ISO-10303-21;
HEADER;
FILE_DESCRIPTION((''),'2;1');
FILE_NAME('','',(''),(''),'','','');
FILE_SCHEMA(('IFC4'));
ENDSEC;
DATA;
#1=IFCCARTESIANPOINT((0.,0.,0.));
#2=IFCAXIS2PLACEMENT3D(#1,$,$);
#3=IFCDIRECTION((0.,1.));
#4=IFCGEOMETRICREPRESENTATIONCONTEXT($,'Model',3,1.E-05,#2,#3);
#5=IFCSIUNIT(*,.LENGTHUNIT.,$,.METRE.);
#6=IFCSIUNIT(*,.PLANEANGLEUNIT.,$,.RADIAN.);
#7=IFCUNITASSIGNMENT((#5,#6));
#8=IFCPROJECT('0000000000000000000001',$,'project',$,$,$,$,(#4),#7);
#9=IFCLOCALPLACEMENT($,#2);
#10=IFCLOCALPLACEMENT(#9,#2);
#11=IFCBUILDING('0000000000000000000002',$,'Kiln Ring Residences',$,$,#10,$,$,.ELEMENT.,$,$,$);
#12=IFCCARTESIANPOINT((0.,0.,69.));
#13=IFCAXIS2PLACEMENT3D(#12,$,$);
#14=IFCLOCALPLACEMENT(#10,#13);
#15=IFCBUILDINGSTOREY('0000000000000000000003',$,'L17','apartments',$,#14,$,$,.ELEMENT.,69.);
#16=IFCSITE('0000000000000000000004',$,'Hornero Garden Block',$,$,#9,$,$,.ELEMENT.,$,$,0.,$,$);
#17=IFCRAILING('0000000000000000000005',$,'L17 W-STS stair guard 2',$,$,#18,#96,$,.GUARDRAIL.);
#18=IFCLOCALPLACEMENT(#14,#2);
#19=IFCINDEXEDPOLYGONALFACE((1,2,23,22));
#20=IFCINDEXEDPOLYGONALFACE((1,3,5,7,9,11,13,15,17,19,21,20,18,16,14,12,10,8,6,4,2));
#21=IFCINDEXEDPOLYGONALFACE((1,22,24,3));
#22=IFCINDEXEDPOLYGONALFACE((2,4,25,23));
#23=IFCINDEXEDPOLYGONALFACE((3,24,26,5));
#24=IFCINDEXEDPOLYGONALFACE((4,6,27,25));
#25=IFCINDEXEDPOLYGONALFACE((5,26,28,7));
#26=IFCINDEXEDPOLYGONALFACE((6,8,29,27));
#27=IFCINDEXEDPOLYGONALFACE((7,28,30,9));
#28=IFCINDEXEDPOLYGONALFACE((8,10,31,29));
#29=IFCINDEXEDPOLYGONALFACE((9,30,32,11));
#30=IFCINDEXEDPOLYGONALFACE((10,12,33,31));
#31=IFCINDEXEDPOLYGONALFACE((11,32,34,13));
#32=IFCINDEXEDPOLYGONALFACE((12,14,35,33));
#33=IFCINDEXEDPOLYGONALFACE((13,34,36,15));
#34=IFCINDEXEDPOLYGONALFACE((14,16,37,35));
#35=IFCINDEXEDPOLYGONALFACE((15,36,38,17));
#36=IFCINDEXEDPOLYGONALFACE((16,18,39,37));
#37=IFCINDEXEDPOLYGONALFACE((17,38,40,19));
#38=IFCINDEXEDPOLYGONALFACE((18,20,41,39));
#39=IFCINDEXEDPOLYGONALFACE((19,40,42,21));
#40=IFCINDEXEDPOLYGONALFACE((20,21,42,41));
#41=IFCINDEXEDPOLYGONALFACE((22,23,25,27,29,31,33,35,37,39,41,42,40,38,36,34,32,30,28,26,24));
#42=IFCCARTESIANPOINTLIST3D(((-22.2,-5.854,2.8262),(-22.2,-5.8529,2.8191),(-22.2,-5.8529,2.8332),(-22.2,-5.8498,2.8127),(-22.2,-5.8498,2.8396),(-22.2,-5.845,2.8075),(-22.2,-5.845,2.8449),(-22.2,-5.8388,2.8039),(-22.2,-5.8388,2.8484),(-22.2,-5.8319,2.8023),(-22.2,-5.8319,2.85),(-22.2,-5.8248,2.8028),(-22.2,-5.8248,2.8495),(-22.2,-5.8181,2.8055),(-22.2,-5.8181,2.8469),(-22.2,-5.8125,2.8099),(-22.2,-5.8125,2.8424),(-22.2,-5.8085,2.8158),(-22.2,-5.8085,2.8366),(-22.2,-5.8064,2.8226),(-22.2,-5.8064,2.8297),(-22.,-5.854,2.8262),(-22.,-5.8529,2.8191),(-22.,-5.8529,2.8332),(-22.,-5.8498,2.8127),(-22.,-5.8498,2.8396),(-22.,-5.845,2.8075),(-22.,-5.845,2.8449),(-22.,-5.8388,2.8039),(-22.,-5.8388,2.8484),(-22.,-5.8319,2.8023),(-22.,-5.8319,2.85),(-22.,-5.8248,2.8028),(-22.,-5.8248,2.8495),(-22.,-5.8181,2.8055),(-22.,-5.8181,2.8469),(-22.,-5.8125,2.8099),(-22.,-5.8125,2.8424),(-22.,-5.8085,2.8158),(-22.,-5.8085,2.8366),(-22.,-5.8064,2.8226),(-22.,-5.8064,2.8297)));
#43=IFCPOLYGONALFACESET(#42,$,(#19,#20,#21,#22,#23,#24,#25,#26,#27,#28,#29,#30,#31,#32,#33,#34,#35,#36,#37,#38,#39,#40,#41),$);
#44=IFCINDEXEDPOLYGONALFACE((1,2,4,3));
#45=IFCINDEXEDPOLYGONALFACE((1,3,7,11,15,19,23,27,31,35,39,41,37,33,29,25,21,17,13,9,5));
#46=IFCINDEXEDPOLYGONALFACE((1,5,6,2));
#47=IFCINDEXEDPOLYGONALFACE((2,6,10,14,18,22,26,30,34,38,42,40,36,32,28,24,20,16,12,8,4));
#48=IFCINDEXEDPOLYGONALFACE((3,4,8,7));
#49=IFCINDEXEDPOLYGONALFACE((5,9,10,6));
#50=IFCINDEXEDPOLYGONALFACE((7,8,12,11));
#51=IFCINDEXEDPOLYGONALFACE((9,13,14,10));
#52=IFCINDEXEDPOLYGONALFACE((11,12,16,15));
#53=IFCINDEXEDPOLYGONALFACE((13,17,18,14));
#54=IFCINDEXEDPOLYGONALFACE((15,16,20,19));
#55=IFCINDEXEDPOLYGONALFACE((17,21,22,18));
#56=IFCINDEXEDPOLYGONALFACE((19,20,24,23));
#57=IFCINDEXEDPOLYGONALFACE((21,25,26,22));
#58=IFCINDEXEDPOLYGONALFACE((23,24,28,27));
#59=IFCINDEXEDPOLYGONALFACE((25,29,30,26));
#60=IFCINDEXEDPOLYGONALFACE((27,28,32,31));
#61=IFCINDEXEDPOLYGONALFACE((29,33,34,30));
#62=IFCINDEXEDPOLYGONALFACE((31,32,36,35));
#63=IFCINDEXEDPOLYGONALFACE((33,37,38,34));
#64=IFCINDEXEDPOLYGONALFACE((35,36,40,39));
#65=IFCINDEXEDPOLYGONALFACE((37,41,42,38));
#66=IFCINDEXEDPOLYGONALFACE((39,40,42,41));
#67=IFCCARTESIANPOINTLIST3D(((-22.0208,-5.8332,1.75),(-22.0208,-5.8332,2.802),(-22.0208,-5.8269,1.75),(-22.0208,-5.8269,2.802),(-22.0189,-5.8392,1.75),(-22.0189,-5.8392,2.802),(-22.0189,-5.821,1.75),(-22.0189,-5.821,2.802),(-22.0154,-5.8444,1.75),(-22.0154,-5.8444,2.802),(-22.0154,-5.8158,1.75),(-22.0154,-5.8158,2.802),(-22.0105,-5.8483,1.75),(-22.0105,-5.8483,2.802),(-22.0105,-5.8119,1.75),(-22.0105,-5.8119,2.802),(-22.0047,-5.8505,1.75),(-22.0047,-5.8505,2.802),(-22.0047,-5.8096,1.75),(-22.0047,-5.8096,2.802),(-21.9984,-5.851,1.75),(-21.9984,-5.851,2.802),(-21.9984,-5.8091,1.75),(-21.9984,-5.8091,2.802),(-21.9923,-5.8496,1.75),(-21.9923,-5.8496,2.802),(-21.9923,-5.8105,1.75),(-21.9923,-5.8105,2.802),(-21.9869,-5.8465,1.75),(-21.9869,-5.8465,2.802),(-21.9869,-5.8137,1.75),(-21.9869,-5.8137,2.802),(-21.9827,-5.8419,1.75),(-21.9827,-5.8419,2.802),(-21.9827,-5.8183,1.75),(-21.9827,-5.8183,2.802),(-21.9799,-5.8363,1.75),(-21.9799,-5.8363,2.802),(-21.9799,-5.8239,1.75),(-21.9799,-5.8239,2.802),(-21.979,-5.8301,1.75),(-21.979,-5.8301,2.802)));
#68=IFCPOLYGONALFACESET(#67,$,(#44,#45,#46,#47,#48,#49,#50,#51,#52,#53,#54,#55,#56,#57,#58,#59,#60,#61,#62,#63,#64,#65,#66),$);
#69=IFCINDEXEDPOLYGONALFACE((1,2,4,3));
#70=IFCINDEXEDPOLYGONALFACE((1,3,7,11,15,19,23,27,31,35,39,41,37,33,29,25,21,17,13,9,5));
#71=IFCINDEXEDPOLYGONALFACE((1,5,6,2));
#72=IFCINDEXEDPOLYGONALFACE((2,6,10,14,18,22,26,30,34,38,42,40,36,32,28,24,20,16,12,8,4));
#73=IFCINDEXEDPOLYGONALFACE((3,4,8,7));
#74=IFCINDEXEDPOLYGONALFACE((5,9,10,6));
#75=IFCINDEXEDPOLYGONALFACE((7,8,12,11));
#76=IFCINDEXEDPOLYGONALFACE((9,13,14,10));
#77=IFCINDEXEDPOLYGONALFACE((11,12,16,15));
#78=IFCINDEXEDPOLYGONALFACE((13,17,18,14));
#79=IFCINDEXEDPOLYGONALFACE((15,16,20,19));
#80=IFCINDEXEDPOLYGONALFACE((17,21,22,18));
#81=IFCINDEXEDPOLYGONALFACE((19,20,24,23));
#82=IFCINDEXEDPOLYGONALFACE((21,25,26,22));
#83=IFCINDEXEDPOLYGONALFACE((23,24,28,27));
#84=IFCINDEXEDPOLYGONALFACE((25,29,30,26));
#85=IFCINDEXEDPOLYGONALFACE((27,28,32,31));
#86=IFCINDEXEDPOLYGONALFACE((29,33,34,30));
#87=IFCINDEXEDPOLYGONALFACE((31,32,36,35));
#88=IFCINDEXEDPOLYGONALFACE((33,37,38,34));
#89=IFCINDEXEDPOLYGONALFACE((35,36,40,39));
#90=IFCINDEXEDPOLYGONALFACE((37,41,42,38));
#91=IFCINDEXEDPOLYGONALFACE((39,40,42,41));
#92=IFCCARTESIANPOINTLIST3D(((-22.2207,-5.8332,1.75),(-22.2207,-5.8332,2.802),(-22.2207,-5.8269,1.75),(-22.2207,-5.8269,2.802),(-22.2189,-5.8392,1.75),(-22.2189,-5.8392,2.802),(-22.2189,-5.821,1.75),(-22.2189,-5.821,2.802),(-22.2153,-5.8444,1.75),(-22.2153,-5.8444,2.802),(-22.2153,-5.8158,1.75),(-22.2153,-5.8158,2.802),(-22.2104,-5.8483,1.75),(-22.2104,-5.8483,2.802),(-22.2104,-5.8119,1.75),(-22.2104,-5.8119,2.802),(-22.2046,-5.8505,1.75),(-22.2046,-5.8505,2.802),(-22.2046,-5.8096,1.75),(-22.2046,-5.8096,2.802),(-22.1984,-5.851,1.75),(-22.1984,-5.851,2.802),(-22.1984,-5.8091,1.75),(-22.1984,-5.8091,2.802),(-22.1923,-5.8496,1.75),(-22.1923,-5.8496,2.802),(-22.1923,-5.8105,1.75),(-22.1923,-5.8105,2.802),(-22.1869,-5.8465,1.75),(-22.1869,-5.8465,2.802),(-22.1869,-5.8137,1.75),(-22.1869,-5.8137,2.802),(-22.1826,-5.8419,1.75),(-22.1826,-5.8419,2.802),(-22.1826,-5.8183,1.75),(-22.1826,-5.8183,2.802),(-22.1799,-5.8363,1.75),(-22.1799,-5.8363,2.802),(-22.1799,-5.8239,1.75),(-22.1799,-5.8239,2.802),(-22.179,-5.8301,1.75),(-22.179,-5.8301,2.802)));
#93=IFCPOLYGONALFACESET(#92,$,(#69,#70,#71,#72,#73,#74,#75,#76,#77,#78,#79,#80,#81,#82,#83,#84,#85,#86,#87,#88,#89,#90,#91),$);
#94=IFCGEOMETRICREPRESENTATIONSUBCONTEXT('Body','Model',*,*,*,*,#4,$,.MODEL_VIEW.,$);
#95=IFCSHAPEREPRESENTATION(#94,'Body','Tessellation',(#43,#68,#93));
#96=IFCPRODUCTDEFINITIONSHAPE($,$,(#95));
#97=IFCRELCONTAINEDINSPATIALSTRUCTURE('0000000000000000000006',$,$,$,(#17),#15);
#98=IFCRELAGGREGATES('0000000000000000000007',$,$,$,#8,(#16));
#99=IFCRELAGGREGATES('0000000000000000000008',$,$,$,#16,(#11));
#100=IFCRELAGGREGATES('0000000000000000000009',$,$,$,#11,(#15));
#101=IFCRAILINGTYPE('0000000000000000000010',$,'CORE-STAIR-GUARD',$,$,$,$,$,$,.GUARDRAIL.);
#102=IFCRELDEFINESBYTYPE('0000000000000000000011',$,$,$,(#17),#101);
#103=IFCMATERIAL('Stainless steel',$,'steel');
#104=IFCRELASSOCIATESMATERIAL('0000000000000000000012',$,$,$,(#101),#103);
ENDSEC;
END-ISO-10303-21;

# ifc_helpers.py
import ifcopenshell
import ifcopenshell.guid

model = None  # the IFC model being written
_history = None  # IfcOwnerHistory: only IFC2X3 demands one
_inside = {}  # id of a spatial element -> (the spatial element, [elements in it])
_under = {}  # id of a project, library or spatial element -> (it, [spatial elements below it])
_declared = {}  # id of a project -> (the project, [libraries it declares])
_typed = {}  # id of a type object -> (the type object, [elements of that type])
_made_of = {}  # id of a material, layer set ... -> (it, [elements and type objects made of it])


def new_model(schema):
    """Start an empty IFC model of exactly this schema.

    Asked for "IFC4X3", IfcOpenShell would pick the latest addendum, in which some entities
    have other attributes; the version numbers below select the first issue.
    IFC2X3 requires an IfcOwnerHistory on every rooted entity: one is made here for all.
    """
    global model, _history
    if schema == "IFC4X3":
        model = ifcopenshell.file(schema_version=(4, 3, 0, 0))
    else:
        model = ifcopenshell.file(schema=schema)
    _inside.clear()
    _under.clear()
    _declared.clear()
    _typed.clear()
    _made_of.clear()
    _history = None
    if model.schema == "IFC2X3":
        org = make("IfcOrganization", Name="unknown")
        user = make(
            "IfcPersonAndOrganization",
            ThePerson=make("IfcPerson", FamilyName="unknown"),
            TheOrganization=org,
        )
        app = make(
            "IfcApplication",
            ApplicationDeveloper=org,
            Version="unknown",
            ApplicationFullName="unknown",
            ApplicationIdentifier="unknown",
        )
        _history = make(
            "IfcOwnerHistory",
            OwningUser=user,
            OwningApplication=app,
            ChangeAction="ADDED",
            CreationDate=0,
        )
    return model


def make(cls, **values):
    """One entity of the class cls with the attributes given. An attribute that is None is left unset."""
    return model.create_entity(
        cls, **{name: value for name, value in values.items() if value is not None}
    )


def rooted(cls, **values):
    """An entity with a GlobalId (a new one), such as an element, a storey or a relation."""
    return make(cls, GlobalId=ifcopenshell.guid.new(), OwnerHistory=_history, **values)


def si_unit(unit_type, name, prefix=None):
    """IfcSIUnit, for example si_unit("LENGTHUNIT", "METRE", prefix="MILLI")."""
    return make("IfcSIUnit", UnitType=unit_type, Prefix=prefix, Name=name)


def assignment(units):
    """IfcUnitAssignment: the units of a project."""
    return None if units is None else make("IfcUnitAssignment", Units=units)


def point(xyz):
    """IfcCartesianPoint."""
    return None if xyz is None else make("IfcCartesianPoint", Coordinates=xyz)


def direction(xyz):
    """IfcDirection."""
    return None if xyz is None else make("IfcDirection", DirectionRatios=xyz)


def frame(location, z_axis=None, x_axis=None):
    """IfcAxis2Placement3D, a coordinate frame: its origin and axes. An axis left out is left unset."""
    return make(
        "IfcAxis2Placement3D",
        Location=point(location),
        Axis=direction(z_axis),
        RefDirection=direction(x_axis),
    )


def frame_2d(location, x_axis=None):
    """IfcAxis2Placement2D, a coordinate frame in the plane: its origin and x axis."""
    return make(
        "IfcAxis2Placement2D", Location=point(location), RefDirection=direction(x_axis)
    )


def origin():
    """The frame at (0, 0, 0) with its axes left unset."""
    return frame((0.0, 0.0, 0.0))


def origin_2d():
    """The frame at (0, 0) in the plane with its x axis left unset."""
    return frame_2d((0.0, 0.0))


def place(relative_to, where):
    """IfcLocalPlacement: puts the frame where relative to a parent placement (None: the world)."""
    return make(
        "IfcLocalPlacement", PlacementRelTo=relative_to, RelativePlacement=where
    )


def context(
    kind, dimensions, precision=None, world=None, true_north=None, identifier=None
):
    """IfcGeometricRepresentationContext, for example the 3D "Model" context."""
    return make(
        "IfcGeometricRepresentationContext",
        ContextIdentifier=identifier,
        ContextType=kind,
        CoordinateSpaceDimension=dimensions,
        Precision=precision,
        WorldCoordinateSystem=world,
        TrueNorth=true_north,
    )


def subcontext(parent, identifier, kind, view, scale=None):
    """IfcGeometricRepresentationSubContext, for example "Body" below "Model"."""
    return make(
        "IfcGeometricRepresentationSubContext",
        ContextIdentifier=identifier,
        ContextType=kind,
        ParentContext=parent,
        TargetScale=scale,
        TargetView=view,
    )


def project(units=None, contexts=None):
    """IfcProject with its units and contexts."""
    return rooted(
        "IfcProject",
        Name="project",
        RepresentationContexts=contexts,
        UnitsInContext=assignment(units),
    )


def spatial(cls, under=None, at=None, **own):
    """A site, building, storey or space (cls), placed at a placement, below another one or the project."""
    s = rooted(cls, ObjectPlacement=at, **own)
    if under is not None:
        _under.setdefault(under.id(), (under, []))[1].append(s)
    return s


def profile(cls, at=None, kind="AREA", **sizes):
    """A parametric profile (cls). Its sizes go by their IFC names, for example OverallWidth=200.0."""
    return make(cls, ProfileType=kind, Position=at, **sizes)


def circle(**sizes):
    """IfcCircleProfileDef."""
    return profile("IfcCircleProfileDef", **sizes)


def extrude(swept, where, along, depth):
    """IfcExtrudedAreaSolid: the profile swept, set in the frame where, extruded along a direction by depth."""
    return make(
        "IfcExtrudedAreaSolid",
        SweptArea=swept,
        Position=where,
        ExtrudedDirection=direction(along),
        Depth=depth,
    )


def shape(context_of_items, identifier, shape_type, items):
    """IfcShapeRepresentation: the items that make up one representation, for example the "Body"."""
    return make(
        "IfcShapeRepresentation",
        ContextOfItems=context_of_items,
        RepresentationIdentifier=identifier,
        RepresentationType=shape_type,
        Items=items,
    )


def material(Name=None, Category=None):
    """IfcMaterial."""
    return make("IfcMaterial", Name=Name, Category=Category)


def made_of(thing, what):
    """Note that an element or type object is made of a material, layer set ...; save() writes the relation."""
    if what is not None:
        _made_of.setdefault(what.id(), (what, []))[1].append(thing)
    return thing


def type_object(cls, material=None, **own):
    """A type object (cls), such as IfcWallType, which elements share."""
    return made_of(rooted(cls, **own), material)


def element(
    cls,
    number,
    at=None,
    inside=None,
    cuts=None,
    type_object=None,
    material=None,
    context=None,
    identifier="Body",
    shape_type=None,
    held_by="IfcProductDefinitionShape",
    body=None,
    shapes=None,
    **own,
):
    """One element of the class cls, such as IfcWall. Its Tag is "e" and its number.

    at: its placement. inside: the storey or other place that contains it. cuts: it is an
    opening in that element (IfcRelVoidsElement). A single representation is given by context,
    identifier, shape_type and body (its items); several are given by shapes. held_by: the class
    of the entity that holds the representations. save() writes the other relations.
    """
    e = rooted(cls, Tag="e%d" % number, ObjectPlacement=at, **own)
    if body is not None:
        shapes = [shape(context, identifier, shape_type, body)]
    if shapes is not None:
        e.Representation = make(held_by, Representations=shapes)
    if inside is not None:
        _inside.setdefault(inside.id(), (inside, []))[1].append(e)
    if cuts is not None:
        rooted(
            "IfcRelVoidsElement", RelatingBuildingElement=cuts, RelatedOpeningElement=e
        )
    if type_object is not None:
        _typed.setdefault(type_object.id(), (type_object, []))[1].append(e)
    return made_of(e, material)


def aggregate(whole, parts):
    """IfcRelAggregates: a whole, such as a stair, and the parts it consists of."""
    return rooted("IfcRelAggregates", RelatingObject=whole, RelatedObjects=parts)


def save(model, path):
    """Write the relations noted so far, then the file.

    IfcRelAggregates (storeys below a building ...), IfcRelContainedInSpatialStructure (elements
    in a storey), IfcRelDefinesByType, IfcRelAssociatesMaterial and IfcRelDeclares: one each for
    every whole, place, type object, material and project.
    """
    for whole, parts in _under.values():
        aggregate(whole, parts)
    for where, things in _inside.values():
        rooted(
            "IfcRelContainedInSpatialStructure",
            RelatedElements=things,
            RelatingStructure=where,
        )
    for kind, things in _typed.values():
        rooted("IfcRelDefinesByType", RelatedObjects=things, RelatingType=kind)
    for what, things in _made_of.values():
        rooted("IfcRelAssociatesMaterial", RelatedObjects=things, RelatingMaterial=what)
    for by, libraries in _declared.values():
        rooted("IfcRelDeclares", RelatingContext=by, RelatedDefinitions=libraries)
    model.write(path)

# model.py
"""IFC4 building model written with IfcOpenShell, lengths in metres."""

from ifc_helpers import new_model, si_unit, direction, frame, origin, origin_2d, place, context, subcontext, project, spatial, circle, extrude, material, type_object, element, save


model = new_model("IFC4")

# Units and contexts
model_context = context("Model", 3, precision=1e-05, world=origin(), true_north=direction((0.0, 1.0)))
body_context = subcontext(model_context, "Body", "Model", "MODEL_VIEW")
ifc_project = project(units=[si_unit("LENGTHUNIT", "METRE"), si_unit("PLANEANGLEUNIT", "RADIAN")], contexts=[model_context])

# Site, building, storey
site_placement = place(None, origin())
site = spatial("IfcSite", under=ifc_project, at=site_placement, Name="Hornero Garden Block", CompositionType="ELEMENT", RefElevation=0.0)
building_placement = place(site_placement, origin())
building = spatial("IfcBuilding", under=site, at=building_placement, Name="Kiln Ring Residences", CompositionType="ELEMENT")
storey_placement = place(building_placement, frame((0.0, 0.0, 69.0)))
storey = spatial("IfcBuildingStorey", under=building, at=storey_placement, Name="L17", Description="apartments", CompositionType="ELEMENT", Elevation=69.0)

# Railing
ifc_material_1 = material(Name="Stainless steel", Category="steel")
railing_type_1 = type_object("IfcRailingType", Name="CORE-STAIR-GUARD", PredefinedType="GUARDRAIL", material=ifc_material_1)
railing_1_placement = place(storey_placement, frame((-22.0, -5.8301, 1.75)))
element("IfcRailing", 1, at=railing_1_placement, inside=storey, type_object=railing_type_1, Name="L17 W-STS stair guard 2", PredefinedType="GUARDRAIL", context=body_context, shape_type="SweptSolid", body=[
    extrude(circle(Radius=0.0239, at=origin_2d()), frame((0.0, 0.0, 1.0762), z_axis=(-1.0, 0.0, 0.0), x_axis=(0.0, -1.0, 0.0)), (0.0, 0.0, 1.0), 0.2),
    extrude(circle(Radius=0.021, at=origin_2d()), origin(), (0.0, 0.0, 1.0), 1.052),
    extrude(circle(Radius=0.021, at=origin_2d()), frame((-0.2, 0.0, 0.0)), (0.0, 0.0, 1.0), 1.052),
])

save(model, "model.ifc")
